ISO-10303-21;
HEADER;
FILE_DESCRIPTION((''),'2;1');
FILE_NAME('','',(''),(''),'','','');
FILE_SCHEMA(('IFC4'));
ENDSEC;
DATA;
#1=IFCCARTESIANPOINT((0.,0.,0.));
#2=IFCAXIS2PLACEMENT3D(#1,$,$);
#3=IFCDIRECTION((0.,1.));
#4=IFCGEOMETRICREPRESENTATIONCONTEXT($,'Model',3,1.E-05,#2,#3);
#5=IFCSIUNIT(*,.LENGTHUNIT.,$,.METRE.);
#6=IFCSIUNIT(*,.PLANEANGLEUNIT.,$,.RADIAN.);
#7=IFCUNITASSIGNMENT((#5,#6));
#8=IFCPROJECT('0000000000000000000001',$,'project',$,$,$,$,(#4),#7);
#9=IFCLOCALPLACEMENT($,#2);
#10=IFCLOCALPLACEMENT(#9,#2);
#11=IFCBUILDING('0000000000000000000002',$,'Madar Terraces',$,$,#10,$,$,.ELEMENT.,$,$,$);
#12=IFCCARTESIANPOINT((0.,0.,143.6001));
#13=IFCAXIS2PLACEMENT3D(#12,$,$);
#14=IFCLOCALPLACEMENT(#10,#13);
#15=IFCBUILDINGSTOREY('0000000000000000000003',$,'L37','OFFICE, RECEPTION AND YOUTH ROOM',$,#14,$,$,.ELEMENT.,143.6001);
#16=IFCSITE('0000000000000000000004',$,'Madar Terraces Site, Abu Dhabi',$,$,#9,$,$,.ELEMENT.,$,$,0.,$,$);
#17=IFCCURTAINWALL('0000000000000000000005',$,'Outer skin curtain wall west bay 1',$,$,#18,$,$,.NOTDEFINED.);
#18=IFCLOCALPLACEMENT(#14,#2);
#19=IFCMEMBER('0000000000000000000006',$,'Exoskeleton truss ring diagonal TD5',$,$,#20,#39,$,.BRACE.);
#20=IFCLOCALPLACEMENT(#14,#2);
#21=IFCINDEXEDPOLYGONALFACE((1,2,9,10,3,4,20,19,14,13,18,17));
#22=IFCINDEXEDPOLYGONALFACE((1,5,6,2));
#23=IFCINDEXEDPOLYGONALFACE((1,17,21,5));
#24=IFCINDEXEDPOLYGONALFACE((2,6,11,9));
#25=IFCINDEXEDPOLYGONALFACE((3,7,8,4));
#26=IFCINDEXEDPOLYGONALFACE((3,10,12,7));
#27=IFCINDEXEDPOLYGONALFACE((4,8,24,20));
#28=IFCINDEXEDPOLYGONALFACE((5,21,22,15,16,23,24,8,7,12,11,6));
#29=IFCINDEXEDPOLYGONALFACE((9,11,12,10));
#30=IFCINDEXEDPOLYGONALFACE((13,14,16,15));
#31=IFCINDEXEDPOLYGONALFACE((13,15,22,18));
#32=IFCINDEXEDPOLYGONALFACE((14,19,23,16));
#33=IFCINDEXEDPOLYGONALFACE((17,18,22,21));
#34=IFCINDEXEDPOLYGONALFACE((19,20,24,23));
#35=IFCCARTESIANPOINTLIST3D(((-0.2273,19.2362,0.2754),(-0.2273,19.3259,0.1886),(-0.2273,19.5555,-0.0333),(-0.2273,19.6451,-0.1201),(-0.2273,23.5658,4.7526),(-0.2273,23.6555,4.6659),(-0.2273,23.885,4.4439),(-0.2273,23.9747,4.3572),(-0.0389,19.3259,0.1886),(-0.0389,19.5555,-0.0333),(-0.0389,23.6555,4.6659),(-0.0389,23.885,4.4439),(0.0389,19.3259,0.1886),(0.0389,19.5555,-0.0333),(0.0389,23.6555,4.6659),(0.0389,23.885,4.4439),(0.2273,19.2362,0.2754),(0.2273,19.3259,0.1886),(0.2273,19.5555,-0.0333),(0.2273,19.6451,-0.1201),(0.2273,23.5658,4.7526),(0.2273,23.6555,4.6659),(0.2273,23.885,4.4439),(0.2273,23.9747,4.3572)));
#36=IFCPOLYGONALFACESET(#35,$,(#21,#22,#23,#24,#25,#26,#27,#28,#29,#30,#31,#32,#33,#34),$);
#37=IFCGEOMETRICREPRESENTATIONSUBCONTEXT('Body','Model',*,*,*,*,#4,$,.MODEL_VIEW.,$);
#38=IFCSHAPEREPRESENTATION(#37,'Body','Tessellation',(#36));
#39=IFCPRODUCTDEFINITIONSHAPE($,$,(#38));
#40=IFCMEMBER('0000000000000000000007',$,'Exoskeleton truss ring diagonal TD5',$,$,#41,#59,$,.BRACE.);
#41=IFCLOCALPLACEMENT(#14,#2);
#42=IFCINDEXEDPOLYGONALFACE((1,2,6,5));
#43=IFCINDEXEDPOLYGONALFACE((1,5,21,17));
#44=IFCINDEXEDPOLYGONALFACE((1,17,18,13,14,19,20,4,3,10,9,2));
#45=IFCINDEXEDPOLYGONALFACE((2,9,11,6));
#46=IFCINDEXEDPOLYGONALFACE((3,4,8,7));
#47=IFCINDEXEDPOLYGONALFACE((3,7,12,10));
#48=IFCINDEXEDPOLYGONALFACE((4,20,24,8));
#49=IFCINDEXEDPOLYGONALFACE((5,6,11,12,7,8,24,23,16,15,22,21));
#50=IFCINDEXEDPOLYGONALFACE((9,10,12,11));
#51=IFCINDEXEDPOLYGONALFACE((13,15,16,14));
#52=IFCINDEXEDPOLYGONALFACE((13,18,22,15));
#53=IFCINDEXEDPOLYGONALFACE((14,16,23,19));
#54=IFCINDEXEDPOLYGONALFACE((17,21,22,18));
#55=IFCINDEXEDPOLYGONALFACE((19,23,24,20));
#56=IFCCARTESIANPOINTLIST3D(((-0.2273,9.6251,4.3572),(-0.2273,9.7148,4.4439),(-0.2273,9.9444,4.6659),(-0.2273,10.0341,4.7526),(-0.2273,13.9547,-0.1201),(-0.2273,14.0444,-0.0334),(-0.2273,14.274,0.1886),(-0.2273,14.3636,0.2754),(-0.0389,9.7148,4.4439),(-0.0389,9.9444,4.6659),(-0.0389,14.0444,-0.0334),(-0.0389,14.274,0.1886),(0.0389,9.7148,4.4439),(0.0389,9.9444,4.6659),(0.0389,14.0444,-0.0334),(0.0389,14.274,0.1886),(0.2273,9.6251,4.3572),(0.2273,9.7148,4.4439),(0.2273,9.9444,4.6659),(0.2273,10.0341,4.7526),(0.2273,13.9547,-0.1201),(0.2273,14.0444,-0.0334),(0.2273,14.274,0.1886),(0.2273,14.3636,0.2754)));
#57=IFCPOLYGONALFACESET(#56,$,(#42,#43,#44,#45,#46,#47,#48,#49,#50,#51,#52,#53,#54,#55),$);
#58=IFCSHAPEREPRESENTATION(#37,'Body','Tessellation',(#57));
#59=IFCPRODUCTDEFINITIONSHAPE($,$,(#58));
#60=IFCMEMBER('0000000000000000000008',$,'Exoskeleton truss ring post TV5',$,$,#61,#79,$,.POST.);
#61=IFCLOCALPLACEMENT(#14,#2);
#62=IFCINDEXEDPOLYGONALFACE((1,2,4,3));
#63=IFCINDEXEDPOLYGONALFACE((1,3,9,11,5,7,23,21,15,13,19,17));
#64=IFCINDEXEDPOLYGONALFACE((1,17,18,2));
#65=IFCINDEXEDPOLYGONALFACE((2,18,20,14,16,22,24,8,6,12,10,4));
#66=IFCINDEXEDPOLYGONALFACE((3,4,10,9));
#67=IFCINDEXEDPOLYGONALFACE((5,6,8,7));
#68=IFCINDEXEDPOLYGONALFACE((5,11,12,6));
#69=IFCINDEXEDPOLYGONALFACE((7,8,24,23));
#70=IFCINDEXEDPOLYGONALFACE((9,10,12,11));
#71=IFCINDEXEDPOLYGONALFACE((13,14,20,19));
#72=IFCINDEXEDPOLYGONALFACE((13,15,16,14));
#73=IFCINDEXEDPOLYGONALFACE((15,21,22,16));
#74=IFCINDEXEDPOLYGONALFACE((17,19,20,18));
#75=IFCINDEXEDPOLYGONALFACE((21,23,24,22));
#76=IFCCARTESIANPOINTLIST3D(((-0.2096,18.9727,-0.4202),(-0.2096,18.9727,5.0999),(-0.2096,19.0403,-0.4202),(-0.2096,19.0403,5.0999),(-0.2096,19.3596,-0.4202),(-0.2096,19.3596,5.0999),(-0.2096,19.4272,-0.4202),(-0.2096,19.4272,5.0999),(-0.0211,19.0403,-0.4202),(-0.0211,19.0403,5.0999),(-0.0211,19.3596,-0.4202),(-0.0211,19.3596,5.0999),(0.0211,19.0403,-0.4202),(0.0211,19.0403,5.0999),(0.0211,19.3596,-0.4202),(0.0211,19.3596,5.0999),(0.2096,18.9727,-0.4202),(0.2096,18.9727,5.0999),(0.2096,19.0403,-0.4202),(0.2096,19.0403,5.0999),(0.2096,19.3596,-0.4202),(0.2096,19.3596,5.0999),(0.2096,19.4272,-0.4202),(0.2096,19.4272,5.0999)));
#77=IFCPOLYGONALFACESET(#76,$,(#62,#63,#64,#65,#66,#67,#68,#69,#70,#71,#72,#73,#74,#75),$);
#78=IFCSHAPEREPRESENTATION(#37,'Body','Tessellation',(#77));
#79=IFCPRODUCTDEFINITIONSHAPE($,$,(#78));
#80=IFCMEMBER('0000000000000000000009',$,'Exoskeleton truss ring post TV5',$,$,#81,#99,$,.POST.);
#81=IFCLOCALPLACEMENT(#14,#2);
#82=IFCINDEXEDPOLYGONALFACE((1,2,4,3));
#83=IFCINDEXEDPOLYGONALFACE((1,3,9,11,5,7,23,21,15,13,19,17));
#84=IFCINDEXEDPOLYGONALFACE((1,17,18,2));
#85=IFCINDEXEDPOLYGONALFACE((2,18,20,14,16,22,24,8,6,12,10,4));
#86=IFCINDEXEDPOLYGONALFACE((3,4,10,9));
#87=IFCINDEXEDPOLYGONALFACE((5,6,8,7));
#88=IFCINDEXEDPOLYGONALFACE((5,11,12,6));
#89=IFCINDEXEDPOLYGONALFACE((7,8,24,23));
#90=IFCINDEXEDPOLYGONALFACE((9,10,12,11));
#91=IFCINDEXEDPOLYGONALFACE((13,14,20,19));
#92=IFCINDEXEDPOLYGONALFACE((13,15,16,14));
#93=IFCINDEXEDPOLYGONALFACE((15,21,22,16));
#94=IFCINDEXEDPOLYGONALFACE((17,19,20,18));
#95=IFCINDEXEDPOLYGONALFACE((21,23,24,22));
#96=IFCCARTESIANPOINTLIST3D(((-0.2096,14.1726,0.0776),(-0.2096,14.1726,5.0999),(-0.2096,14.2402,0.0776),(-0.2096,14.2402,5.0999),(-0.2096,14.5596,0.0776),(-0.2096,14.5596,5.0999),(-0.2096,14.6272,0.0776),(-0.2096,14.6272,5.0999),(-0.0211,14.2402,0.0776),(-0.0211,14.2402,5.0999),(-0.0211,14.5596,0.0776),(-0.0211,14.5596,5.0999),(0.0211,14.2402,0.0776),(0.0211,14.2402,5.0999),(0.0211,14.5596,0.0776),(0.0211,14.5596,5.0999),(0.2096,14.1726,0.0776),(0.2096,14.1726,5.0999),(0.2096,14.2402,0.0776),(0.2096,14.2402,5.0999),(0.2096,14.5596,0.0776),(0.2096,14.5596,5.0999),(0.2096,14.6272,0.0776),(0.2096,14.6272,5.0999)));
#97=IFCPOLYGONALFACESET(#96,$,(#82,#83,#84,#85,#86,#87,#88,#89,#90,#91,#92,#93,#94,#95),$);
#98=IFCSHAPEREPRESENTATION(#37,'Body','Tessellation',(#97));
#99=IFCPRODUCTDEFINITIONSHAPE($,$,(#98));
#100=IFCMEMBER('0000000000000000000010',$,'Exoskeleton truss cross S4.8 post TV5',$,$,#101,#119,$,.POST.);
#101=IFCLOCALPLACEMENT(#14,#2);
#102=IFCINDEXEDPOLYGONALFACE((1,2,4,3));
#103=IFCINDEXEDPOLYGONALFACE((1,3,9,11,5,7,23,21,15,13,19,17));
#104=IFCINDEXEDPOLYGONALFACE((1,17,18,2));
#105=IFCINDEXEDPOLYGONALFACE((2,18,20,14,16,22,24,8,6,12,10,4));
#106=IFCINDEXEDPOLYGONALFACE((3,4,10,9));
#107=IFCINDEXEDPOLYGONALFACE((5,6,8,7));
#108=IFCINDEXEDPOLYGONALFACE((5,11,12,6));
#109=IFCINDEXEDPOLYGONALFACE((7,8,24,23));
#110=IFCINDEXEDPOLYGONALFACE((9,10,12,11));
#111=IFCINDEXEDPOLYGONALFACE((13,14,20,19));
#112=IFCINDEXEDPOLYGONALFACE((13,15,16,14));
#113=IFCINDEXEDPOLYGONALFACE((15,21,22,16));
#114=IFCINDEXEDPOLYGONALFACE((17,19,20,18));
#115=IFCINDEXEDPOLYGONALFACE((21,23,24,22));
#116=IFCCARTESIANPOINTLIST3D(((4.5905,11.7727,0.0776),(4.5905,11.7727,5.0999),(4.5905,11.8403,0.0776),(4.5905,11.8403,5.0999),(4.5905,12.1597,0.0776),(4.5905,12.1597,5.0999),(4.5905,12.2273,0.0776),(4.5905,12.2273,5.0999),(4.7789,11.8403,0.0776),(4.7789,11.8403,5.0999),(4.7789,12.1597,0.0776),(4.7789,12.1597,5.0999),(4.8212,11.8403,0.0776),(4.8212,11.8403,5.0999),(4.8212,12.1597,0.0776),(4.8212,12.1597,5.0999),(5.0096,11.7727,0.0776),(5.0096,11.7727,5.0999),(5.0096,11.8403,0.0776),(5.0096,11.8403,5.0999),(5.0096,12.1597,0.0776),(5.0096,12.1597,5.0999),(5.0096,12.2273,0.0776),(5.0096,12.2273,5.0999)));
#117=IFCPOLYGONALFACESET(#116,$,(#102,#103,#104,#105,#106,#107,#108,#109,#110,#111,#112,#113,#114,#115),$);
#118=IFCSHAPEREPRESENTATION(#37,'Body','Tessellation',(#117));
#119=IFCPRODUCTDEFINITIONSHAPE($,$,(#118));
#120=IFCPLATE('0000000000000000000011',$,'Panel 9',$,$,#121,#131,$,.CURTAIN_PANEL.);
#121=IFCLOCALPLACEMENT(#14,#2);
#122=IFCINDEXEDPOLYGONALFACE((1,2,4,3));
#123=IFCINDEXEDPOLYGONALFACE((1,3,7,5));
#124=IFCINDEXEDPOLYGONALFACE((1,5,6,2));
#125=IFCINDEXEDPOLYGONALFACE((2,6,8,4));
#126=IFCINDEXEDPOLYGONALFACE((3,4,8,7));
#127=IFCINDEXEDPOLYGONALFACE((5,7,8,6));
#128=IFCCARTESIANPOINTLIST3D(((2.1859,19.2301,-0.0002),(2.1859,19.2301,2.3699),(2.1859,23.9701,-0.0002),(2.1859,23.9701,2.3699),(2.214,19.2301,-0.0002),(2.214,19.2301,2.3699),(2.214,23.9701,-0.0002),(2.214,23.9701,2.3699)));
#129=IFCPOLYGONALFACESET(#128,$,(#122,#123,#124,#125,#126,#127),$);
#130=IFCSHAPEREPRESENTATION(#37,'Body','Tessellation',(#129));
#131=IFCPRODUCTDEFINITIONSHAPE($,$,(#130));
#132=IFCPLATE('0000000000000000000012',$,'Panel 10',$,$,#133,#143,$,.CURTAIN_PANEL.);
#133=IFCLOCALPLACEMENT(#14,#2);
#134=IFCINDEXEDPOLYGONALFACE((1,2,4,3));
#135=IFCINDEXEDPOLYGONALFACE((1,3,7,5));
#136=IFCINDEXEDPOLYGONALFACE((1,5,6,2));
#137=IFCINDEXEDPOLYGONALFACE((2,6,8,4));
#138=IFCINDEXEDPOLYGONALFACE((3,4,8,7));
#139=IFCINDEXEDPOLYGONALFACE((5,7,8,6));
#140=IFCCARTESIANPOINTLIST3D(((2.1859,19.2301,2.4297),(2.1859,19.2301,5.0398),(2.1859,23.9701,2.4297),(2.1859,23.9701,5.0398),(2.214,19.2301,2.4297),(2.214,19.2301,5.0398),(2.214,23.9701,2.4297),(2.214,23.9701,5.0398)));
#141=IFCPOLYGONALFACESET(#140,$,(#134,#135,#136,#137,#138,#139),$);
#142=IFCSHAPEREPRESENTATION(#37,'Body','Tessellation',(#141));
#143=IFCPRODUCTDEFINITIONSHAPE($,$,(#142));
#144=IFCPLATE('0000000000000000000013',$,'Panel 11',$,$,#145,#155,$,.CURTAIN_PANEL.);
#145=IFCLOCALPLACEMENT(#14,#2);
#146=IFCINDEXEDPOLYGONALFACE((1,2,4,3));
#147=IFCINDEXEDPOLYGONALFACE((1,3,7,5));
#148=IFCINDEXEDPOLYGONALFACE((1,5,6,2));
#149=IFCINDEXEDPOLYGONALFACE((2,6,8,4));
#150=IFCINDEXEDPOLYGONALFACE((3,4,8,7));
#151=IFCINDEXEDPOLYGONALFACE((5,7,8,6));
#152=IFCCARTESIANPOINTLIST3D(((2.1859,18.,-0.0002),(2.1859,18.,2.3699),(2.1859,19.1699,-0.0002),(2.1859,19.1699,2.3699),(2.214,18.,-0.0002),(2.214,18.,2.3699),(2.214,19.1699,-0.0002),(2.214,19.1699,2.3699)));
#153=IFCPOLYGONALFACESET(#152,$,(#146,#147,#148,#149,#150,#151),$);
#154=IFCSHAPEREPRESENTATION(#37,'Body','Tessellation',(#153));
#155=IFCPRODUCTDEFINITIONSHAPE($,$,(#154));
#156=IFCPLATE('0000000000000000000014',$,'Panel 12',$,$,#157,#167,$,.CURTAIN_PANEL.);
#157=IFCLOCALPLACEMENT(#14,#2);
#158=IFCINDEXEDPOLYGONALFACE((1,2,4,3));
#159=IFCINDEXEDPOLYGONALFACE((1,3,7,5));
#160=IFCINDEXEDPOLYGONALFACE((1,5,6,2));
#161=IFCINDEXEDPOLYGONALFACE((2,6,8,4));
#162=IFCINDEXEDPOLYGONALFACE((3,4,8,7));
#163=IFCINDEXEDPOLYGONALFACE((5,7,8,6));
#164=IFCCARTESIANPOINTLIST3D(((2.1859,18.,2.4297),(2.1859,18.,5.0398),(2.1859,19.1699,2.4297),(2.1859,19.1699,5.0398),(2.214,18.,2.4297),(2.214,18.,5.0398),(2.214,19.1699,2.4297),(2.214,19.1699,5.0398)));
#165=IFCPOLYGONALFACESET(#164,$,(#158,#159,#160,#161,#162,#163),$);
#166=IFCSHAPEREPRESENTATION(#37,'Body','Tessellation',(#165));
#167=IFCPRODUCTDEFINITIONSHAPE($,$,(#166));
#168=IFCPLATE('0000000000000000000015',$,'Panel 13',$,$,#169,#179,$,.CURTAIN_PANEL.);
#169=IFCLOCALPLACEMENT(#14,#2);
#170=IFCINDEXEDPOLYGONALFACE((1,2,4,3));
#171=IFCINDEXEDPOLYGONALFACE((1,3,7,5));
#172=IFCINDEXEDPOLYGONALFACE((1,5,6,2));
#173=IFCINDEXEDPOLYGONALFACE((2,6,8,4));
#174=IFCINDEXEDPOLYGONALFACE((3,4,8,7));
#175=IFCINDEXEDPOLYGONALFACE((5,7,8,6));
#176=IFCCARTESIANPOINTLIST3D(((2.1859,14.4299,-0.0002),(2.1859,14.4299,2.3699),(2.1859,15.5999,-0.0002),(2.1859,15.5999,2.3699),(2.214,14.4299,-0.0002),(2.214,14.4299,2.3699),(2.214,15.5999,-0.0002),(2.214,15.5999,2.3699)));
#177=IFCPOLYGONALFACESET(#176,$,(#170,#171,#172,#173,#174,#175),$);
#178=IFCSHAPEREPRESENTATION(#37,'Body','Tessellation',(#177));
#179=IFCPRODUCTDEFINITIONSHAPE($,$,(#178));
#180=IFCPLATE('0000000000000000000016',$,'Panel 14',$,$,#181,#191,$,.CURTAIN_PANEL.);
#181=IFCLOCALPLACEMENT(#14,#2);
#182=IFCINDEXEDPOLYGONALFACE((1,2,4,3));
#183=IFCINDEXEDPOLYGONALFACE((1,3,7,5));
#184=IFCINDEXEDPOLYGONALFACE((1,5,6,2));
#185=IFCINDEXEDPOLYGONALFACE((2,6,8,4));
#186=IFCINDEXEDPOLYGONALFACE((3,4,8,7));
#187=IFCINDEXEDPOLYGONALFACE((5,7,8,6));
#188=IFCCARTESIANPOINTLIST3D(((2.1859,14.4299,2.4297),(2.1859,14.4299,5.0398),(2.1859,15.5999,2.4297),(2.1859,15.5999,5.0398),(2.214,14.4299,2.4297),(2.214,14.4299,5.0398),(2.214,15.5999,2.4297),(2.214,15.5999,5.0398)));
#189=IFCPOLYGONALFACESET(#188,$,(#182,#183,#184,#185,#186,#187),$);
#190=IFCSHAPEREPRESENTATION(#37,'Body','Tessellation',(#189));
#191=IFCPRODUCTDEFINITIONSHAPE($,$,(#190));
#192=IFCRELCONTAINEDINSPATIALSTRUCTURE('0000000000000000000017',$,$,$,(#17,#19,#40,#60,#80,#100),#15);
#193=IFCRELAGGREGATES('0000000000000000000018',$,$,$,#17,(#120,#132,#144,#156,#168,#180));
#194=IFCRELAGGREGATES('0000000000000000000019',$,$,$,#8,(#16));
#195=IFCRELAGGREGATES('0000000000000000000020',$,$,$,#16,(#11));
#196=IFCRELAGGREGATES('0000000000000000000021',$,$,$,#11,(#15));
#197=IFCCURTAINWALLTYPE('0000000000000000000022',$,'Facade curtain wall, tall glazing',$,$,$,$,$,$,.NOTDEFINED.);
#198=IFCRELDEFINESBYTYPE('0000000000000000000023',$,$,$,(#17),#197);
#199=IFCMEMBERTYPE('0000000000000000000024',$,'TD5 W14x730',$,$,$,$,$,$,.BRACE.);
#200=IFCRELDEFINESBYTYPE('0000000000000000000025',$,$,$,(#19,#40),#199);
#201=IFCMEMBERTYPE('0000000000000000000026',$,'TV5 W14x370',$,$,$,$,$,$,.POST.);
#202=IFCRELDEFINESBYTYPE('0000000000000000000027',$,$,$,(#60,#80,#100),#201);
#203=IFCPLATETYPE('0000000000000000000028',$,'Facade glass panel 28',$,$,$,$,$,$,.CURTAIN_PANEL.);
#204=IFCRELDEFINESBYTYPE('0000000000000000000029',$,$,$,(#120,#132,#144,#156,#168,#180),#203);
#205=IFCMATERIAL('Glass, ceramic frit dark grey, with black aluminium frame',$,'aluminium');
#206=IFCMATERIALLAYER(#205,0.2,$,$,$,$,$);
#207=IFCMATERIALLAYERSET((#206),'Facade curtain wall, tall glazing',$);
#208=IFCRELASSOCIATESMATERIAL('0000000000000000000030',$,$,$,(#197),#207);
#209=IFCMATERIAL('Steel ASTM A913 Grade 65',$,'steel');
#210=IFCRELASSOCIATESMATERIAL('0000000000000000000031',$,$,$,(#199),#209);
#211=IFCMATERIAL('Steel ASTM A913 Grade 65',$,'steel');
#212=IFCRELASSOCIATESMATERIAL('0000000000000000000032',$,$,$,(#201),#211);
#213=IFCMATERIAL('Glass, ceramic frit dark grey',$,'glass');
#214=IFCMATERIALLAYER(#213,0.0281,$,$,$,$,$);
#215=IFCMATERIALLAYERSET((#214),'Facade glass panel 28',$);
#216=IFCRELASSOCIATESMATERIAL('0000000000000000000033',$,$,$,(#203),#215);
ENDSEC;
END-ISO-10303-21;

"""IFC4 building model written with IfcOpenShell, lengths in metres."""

from ifc_helpers import new_model, si_unit, direction, frame, origin, origin_2d, place, context, subcontext, project, spatial, rectangle, i_section, extrude, material, layer, layer_set, material_profile, profile_set, type_object, element, aggregate, save


model = new_model("IFC4")

# Units and contexts
model_context = context("Model", 3, precision=1e-05, world=origin(), true_north=direction((0.0, 1.0)))
body_context = subcontext(model_context, "Body", "Model", "MODEL_VIEW")
ifc_project = project(units=[si_unit("LENGTHUNIT", "METRE"), si_unit("PLANEANGLEUNIT", "RADIAN")], contexts=[model_context])

# Site, building, storey
site_placement = place(None, origin())
site = spatial("IfcSite", under=ifc_project, at=site_placement, Name="Madar Terraces Site, Abu Dhabi", CompositionType="ELEMENT", RefElevation=0.0)
building_placement = place(site_placement, origin())
building = spatial("IfcBuilding", under=site, at=building_placement, Name="Madar Terraces", CompositionType="ELEMENT")
storey_placement = place(building_placement, frame((0.0, 0.0, 143.6001)))
storey = spatial("IfcBuildingStorey", under=building, at=storey_placement, Name="L37", Description="OFFICE, RECEPTION AND YOUTH ROOM", CompositionType="ELEMENT", Elevation=143.6001)

# Curtain wall
ifc_material_1 = material(Name="Glass, ceramic frit dark grey, with black aluminium frame", Category="aluminium")
ifc_layer_1 = layer(ifc_material_1, 0.2)
ifc_layer_set_1 = layer_set([ifc_layer_1], Name="Facade curtain wall, tall glazing")
curtain_wall_type = type_object("IfcCurtainWallType", Name="Facade curtain wall, tall glazing", PredefinedType="NOTDEFINED", material=ifc_layer_set_1)
curtain_wall_placement = place(storey_placement, origin())
curtain_wall = element("IfcCurtainWall", 1, at=curtain_wall_placement, inside=storey, type_object=curtain_wall_type, Name="Outer skin curtain wall west bay 1", PredefinedType="NOTDEFINED")

# Members
ifc_material_2 = material(Name="Steel ASTM A913 Grade 65", Category="steel")
ifc_material_profile_1 = material_profile(ifc_material_2, i_section(OverallWidth=0.4546, OverallDepth=0.5688, WebThickness=0.0779, FlangeThickness=0.1248, at=origin_2d()), Name="W14x730")
ifc_profile_set_1 = profile_set([ifc_material_profile_1], Name="Steel ASTM A913 Grade 65")
member_type_1 = type_object("IfcMemberType", Name="TD5 W14x730", PredefinedType="BRACE", material=ifc_profile_set_1)
for number, where, z_axis, x_axis, name in (
    (2, (0.0, 23.7703, 4.5549), (0.0, -0.69515, -0.718865), (1.0, 0.0, 0.0), "Exoskeleton truss ring diagonal TD5"),
    (3, (0.0, 14.1592, 0.0776), (0.0, -0.69515, 0.718865), (1.0, 0.0, 0.0), "Exoskeleton truss ring diagonal TD5"),
):
    element("IfcMember", number, at=place(storey_placement, frame(where, z_axis=z_axis, x_axis=x_axis)), inside=storey, type_object=member_type_1, Name=name, PredefinedType="BRACE", context=body_context, shape_type="SweptSolid", body=[
        extrude(i_section(OverallWidth=0.4546, OverallDepth=0.5688, WebThickness=0.0779, FlangeThickness=0.1248, at=origin_2d()), origin(), (0.0, 0.0, 1.0), 6.2283),
    ])
ifc_material_3 = material(Name="Steel ASTM A913 Grade 65", Category="steel")
ifc_material_profile_2 = material_profile(ifc_material_3, i_section(OverallWidth=0.4192, OverallDepth=0.4546, WebThickness=0.0422, FlangeThickness=0.0676, at=origin_2d()), Name="W14x370")
ifc_profile_set_2 = profile_set([ifc_material_profile_2], Name="Steel ASTM A913 Grade 65")
member_type_2 = type_object("IfcMemberType", Name="TV5 W14x370", PredefinedType="POST", material=ifc_profile_set_2)
member_1_placement = place(storey_placement, frame((0.0, 19.2, -0.4202), z_axis=(0.0, 0.0, 1.0), x_axis=(1.0, 0.0, 0.0)))
element("IfcMember", 4, at=member_1_placement, inside=storey, type_object=member_type_2, Name="Exoskeleton truss ring post TV5", PredefinedType="POST", context=body_context, shape_type="SweptSolid", body=[
    extrude(i_section(OverallWidth=0.4192, OverallDepth=0.4546, WebThickness=0.0422, FlangeThickness=0.0676, at=origin_2d()), origin(), (0.0, 0.0, 1.0), 5.52),
])
for number, where, z_axis, x_axis, name in (
    (5, (0.0, 14.3999, 0.0776), (0.0, 0.0, 1.0), (1.0, 0.0, 0.0), "Exoskeleton truss ring post TV5"),
    (6, (4.8, 12.0, 0.0776), (0.0, 0.0, 1.0), (-1.0, 0.0, 0.0), "Exoskeleton truss cross S4.8 post TV5"),
):
    element("IfcMember", number, at=place(storey_placement, frame(where, z_axis=z_axis, x_axis=x_axis)), inside=storey, type_object=member_type_2, Name=name, PredefinedType="POST", context=body_context, shape_type="SweptSolid", body=[
        extrude(i_section(OverallWidth=0.4192, OverallDepth=0.4546, WebThickness=0.0422, FlangeThickness=0.0676, at=origin_2d()), origin(), (0.0, 0.0, 1.0), 5.0222),
    ])

# Plates
ifc_material_4 = material(Name="Glass, ceramic frit dark grey", Category="glass")
ifc_layer_2 = layer(ifc_material_4, 0.0281)
ifc_layer_set_2 = layer_set([ifc_layer_2], Name="Facade glass panel 28")
plate_type = type_object("IfcPlateType", Name="Facade glass panel 28", PredefinedType="CURTAIN_PANEL", material=ifc_layer_set_2)
plate_1_placement = place(storey_placement, frame((2.2, 21.6001, -0.0002), z_axis=(0.0, 0.0, 1.0), x_axis=(0.0, -1.0, 0.0)))
plate_1 = element("IfcPlate", 7, at=plate_1_placement, type_object=plate_type, Name="Panel 9", PredefinedType="CURTAIN_PANEL", context=body_context, shape_type="SweptSolid", body=[
    extrude(rectangle(XDim=4.74, YDim=0.0281, at=origin_2d()), origin(), (0.0, 0.0, 1.0), 2.3701),
])
plate_2_placement = place(storey_placement, frame((2.2, 21.6001, 2.4297), z_axis=(0.0, 0.0, 1.0), x_axis=(0.0, -1.0, 0.0)))
plate_2 = element("IfcPlate", 8, at=plate_2_placement, type_object=plate_type, Name="Panel 10", PredefinedType="CURTAIN_PANEL", context=body_context, shape_type="SweptSolid", body=[
    extrude(rectangle(XDim=4.74, YDim=0.0281, at=origin_2d()), origin(), (0.0, 0.0, 1.0), 2.6101),
])
plate_3_placement = place(storey_placement, frame((2.2, 18.585, -0.0002), z_axis=(0.0, 0.0, 1.0), x_axis=(0.0, -1.0, 0.0)))
plate_3 = element("IfcPlate", 9, at=plate_3_placement, type_object=plate_type, Name="Panel 11", PredefinedType="CURTAIN_PANEL", context=body_context, shape_type="SweptSolid", body=[
    extrude(rectangle(XDim=1.1699, YDim=0.0281, at=origin_2d()), origin(), (0.0, 0.0, 1.0), 2.3701),
])
plate_4_placement = place(storey_placement, frame((2.2, 18.585, 2.4297), z_axis=(0.0, 0.0, 1.0), x_axis=(0.0, -1.0, 0.0)))
plate_4 = element("IfcPlate", 10, at=plate_4_placement, type_object=plate_type, Name="Panel 12", PredefinedType="CURTAIN_PANEL", context=body_context, shape_type="SweptSolid", body=[
    extrude(rectangle(XDim=1.1699, YDim=0.0281, at=origin_2d()), origin(), (0.0, 0.0, 1.0), 2.6101),
])
plate_5_placement = place(storey_placement, frame((2.2, 15.0149, -0.0002), z_axis=(0.0, 0.0, 1.0), x_axis=(0.0, -1.0, 0.0)))
plate_5 = element("IfcPlate", 11, at=plate_5_placement, type_object=plate_type, Name="Panel 13", PredefinedType="CURTAIN_PANEL", context=body_context, shape_type="SweptSolid", body=[
    extrude(rectangle(XDim=1.1699, YDim=0.0281, at=origin_2d()), origin(), (0.0, 0.0, 1.0), 2.3701),
])
plate_6_placement = place(storey_placement, frame((2.2, 15.0149, 2.4297), z_axis=(0.0, 0.0, 1.0), x_axis=(0.0, -1.0, 0.0)))
plate_6 = element("IfcPlate", 12, at=plate_6_placement, type_object=plate_type, Name="Panel 14", PredefinedType="CURTAIN_PANEL", context=body_context, shape_type="SweptSolid", body=[
    extrude(rectangle(XDim=1.1699, YDim=0.0281, at=origin_2d()), origin(), (0.0, 0.0, 1.0), 2.6101),
])
aggregate(curtain_wall, [plate_1, plate_2, plate_3, plate_4, plate_5, plate_6])

save(model, "model.ifc")
